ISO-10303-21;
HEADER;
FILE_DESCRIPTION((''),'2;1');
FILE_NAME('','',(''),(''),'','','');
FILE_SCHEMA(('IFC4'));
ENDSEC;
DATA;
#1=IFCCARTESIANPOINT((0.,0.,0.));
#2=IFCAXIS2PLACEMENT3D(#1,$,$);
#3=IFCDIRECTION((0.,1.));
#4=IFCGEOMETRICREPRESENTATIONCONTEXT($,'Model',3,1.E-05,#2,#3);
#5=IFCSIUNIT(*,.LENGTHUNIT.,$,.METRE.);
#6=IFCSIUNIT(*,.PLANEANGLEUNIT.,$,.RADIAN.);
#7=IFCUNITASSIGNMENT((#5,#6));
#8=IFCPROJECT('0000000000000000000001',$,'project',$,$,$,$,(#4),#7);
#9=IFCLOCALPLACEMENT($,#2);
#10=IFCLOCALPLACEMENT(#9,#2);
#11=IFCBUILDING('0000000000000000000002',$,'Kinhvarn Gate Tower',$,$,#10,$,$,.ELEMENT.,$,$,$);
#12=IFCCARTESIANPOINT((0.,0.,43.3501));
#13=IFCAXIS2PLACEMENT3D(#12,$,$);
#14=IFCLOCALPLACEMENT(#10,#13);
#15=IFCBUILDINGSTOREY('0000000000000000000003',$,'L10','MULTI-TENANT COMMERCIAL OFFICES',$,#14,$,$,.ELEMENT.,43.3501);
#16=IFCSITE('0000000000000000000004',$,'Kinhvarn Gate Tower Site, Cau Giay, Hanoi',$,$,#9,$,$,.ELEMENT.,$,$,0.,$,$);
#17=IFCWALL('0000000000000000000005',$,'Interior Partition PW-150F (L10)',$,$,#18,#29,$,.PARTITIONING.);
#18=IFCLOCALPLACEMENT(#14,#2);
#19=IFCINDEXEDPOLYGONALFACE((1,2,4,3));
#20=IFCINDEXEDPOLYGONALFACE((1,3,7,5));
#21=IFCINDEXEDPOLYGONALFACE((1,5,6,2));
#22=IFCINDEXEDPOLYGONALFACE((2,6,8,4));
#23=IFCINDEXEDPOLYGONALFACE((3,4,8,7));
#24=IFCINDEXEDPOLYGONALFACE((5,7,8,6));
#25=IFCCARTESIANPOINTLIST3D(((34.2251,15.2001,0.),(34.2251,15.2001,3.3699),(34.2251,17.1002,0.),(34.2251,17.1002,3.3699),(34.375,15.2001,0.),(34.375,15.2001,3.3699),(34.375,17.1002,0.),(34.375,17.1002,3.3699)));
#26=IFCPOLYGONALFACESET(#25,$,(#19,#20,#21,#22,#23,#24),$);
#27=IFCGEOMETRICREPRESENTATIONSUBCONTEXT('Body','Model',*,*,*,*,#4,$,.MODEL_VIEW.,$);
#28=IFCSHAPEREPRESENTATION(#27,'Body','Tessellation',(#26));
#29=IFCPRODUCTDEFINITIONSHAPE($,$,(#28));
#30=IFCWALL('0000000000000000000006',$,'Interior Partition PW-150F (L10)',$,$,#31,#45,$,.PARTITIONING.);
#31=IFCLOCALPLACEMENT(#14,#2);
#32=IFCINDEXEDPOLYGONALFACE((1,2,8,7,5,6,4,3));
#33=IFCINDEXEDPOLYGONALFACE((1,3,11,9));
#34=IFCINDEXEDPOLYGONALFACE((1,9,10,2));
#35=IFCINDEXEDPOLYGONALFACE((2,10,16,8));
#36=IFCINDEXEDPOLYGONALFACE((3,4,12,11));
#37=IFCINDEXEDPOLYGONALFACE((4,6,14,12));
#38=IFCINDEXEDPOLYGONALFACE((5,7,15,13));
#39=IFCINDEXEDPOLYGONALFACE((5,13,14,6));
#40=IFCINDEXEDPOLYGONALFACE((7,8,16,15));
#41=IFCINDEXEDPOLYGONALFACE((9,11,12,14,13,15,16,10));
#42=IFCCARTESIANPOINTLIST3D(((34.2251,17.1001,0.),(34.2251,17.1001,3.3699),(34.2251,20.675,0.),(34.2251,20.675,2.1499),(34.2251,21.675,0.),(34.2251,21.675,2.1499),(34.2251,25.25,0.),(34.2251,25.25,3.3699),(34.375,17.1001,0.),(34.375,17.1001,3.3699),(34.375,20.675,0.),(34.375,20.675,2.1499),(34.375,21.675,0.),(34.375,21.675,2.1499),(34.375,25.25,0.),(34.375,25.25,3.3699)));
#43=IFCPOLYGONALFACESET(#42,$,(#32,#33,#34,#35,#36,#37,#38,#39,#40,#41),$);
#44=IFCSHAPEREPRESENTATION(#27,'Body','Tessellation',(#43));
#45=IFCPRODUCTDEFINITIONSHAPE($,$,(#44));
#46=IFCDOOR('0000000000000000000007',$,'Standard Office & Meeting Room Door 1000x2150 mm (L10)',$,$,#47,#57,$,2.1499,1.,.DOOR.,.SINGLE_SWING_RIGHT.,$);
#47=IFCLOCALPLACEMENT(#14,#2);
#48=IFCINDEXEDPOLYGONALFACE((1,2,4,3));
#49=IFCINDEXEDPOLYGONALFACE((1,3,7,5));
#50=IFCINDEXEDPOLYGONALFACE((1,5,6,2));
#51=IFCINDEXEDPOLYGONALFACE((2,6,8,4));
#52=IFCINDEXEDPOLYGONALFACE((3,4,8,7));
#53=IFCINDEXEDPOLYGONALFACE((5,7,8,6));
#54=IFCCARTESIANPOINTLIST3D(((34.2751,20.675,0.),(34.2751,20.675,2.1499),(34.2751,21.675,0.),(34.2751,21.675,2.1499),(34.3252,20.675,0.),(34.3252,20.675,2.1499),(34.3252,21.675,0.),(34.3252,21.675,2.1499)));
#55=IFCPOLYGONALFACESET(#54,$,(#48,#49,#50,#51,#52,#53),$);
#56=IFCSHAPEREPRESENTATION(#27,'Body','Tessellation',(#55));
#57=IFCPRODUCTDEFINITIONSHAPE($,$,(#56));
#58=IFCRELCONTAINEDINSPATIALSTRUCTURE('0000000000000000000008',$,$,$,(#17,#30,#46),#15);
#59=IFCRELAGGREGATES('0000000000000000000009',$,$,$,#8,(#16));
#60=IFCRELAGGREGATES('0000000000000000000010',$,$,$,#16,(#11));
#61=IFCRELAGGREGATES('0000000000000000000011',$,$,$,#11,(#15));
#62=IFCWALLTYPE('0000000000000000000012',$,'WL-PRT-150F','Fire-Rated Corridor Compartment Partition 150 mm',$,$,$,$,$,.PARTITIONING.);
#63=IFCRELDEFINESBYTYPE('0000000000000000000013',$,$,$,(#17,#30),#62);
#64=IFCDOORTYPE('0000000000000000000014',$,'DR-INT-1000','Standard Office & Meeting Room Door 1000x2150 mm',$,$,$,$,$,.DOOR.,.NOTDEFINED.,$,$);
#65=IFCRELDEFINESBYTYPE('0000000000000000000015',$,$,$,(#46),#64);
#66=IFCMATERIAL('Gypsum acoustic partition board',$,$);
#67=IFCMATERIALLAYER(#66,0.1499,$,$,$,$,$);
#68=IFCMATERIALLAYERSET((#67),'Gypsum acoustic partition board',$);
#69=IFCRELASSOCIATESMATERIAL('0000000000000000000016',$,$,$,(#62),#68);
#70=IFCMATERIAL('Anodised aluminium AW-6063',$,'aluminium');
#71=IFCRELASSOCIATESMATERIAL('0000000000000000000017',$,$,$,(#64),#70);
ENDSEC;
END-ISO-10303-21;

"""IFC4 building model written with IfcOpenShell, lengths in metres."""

from ifc_helpers import new_model, si_unit, direction, frame, frame_2d, origin, place, context, subcontext, project, spatial, rectangle, extrude, material, layer, layer_set, type_object, element, fill, save


model = new_model("IFC4")

# Units and contexts
model_context = context("Model", 3, precision=1e-05, world=origin(), true_north=direction((0.0, 1.0)))
body_context = subcontext(model_context, "Body", "Model", "MODEL_VIEW")
ifc_project = project(units=[si_unit("LENGTHUNIT", "METRE"), si_unit("PLANEANGLEUNIT", "RADIAN")], contexts=[model_context])

# Site, building, storey
site_placement = place(None, origin())
site = spatial("IfcSite", under=ifc_project, at=site_placement, Name="Kinhvarn Gate Tower Site, Cau Giay, Hanoi", CompositionType="ELEMENT", RefElevation=0.0)
building_placement = place(site_placement, origin())
building = spatial("IfcBuilding", under=site, at=building_placement, Name="Kinhvarn Gate Tower", CompositionType="ELEMENT")
storey_placement = place(building_placement, frame((0.0, 0.0, 43.3501)))
storey = spatial("IfcBuildingStorey", under=building, at=storey_placement, Name="L10", Description="MULTI-TENANT COMMERCIAL OFFICES", CompositionType="ELEMENT", Elevation=43.3501)

# Shared definitions
ifc_material_1 = material(Name="Gypsum acoustic partition board")

# Shared definitions
ifc_material_2 = material(Name="Anodised aluminium AW-6063", Category="aluminium")

# Shared definitions
ifc_layer_1 = layer(ifc_material_1, 0.1499)
ifc_layer_set_1 = layer_set([ifc_layer_1], Name="Gypsum acoustic partition board")
wall_type_1 = type_object("IfcWallType", Name="WL-PRT-150F", Description="Fire-Rated Corridor Compartment Partition 150 mm", PredefinedType="PARTITIONING", material=ifc_layer_set_1)
door_type_1 = type_object("IfcDoorType", Name="DR-INT-1000", Description="Standard Office & Meeting Room Door 1000x2150 mm", OperationType="NOTDEFINED", PredefinedType="DOOR", material=ifc_material_2)

# Wall
wall_1_placement = place(storey_placement, frame((34.3, 15.2, 0.0), z_axis=(0.0, 0.0, 1.0), x_axis=(0.0, 1.0, 0.0)))
element("IfcWall", 1, at=wall_1_placement, inside=storey, type_object=wall_type_1, Name="Interior Partition PW-150F (L10)", PredefinedType="PARTITIONING", context=body_context, shape_type="SweptSolid", body=[
    extrude(rectangle(XDim=1.9001, YDim=0.1499, at=frame_2d((0.9502, 0.0))), origin(), (0.0, 0.0, 1.0), 3.3699),
])

# Wall, opening, door
wall_2_placement = place(storey_placement, frame((34.3, 17.1001, 0.0), z_axis=(0.0, 0.0, 1.0), x_axis=(0.0, 1.0, 0.0)))
wall_2 = element("IfcWall", 2, at=wall_2_placement, inside=storey, type_object=wall_type_1, Name="Interior Partition PW-150F (L10)", PredefinedType="PARTITIONING", context=body_context, shape_type="SweptSolid", body=[
    extrude(rectangle(XDim=8.1499, YDim=0.1499, at=frame_2d((4.075, 0.0))), origin(), (0.0, 0.0, 1.0), 3.3699),
])
opening_1_placement = place(wall_2_placement, frame((3.575, 0.0, 0.0)))
opening_1 = element("IfcOpeningElement", 3, at=opening_1_placement, cuts=wall_2, PredefinedType="OPENING", context=body_context, shape_type="SweptSolid", body=[
    extrude(rectangle(XDim=1.0, YDim=2.1499, at=frame_2d((0.5, 1.075))), frame((0.0, 0.085, 0.0), z_axis=(0.0, -1.0, 0.0), x_axis=(1.0, 0.0, 0.0)), (0.0, 0.0, 1.0), 0.1699),
])
door_1_placement = place(opening_1_placement, origin())
door_1 = element("IfcDoor", 4, at=door_1_placement, inside=storey, type_object=door_type_1, Name="Standard Office & Meeting Room Door 1000x2150 mm (L10)", OperationType="SINGLE_SWING_RIGHT", OverallHeight=2.1499, OverallWidth=1.0, PredefinedType="DOOR", context=body_context, shape_type="SweptSolid", body=[
    extrude(rectangle(XDim=1.0, YDim=2.1499, at=frame_2d((0.5, 1.075))), frame((0.0, 0.0249, 0.0), z_axis=(0.0, -1.0, 0.0), x_axis=(1.0, 0.0, 0.0)), (0.0, 0.0, 1.0), 0.05),
])
fill(opening_1, door_1)

save(model, "model.ifc")
